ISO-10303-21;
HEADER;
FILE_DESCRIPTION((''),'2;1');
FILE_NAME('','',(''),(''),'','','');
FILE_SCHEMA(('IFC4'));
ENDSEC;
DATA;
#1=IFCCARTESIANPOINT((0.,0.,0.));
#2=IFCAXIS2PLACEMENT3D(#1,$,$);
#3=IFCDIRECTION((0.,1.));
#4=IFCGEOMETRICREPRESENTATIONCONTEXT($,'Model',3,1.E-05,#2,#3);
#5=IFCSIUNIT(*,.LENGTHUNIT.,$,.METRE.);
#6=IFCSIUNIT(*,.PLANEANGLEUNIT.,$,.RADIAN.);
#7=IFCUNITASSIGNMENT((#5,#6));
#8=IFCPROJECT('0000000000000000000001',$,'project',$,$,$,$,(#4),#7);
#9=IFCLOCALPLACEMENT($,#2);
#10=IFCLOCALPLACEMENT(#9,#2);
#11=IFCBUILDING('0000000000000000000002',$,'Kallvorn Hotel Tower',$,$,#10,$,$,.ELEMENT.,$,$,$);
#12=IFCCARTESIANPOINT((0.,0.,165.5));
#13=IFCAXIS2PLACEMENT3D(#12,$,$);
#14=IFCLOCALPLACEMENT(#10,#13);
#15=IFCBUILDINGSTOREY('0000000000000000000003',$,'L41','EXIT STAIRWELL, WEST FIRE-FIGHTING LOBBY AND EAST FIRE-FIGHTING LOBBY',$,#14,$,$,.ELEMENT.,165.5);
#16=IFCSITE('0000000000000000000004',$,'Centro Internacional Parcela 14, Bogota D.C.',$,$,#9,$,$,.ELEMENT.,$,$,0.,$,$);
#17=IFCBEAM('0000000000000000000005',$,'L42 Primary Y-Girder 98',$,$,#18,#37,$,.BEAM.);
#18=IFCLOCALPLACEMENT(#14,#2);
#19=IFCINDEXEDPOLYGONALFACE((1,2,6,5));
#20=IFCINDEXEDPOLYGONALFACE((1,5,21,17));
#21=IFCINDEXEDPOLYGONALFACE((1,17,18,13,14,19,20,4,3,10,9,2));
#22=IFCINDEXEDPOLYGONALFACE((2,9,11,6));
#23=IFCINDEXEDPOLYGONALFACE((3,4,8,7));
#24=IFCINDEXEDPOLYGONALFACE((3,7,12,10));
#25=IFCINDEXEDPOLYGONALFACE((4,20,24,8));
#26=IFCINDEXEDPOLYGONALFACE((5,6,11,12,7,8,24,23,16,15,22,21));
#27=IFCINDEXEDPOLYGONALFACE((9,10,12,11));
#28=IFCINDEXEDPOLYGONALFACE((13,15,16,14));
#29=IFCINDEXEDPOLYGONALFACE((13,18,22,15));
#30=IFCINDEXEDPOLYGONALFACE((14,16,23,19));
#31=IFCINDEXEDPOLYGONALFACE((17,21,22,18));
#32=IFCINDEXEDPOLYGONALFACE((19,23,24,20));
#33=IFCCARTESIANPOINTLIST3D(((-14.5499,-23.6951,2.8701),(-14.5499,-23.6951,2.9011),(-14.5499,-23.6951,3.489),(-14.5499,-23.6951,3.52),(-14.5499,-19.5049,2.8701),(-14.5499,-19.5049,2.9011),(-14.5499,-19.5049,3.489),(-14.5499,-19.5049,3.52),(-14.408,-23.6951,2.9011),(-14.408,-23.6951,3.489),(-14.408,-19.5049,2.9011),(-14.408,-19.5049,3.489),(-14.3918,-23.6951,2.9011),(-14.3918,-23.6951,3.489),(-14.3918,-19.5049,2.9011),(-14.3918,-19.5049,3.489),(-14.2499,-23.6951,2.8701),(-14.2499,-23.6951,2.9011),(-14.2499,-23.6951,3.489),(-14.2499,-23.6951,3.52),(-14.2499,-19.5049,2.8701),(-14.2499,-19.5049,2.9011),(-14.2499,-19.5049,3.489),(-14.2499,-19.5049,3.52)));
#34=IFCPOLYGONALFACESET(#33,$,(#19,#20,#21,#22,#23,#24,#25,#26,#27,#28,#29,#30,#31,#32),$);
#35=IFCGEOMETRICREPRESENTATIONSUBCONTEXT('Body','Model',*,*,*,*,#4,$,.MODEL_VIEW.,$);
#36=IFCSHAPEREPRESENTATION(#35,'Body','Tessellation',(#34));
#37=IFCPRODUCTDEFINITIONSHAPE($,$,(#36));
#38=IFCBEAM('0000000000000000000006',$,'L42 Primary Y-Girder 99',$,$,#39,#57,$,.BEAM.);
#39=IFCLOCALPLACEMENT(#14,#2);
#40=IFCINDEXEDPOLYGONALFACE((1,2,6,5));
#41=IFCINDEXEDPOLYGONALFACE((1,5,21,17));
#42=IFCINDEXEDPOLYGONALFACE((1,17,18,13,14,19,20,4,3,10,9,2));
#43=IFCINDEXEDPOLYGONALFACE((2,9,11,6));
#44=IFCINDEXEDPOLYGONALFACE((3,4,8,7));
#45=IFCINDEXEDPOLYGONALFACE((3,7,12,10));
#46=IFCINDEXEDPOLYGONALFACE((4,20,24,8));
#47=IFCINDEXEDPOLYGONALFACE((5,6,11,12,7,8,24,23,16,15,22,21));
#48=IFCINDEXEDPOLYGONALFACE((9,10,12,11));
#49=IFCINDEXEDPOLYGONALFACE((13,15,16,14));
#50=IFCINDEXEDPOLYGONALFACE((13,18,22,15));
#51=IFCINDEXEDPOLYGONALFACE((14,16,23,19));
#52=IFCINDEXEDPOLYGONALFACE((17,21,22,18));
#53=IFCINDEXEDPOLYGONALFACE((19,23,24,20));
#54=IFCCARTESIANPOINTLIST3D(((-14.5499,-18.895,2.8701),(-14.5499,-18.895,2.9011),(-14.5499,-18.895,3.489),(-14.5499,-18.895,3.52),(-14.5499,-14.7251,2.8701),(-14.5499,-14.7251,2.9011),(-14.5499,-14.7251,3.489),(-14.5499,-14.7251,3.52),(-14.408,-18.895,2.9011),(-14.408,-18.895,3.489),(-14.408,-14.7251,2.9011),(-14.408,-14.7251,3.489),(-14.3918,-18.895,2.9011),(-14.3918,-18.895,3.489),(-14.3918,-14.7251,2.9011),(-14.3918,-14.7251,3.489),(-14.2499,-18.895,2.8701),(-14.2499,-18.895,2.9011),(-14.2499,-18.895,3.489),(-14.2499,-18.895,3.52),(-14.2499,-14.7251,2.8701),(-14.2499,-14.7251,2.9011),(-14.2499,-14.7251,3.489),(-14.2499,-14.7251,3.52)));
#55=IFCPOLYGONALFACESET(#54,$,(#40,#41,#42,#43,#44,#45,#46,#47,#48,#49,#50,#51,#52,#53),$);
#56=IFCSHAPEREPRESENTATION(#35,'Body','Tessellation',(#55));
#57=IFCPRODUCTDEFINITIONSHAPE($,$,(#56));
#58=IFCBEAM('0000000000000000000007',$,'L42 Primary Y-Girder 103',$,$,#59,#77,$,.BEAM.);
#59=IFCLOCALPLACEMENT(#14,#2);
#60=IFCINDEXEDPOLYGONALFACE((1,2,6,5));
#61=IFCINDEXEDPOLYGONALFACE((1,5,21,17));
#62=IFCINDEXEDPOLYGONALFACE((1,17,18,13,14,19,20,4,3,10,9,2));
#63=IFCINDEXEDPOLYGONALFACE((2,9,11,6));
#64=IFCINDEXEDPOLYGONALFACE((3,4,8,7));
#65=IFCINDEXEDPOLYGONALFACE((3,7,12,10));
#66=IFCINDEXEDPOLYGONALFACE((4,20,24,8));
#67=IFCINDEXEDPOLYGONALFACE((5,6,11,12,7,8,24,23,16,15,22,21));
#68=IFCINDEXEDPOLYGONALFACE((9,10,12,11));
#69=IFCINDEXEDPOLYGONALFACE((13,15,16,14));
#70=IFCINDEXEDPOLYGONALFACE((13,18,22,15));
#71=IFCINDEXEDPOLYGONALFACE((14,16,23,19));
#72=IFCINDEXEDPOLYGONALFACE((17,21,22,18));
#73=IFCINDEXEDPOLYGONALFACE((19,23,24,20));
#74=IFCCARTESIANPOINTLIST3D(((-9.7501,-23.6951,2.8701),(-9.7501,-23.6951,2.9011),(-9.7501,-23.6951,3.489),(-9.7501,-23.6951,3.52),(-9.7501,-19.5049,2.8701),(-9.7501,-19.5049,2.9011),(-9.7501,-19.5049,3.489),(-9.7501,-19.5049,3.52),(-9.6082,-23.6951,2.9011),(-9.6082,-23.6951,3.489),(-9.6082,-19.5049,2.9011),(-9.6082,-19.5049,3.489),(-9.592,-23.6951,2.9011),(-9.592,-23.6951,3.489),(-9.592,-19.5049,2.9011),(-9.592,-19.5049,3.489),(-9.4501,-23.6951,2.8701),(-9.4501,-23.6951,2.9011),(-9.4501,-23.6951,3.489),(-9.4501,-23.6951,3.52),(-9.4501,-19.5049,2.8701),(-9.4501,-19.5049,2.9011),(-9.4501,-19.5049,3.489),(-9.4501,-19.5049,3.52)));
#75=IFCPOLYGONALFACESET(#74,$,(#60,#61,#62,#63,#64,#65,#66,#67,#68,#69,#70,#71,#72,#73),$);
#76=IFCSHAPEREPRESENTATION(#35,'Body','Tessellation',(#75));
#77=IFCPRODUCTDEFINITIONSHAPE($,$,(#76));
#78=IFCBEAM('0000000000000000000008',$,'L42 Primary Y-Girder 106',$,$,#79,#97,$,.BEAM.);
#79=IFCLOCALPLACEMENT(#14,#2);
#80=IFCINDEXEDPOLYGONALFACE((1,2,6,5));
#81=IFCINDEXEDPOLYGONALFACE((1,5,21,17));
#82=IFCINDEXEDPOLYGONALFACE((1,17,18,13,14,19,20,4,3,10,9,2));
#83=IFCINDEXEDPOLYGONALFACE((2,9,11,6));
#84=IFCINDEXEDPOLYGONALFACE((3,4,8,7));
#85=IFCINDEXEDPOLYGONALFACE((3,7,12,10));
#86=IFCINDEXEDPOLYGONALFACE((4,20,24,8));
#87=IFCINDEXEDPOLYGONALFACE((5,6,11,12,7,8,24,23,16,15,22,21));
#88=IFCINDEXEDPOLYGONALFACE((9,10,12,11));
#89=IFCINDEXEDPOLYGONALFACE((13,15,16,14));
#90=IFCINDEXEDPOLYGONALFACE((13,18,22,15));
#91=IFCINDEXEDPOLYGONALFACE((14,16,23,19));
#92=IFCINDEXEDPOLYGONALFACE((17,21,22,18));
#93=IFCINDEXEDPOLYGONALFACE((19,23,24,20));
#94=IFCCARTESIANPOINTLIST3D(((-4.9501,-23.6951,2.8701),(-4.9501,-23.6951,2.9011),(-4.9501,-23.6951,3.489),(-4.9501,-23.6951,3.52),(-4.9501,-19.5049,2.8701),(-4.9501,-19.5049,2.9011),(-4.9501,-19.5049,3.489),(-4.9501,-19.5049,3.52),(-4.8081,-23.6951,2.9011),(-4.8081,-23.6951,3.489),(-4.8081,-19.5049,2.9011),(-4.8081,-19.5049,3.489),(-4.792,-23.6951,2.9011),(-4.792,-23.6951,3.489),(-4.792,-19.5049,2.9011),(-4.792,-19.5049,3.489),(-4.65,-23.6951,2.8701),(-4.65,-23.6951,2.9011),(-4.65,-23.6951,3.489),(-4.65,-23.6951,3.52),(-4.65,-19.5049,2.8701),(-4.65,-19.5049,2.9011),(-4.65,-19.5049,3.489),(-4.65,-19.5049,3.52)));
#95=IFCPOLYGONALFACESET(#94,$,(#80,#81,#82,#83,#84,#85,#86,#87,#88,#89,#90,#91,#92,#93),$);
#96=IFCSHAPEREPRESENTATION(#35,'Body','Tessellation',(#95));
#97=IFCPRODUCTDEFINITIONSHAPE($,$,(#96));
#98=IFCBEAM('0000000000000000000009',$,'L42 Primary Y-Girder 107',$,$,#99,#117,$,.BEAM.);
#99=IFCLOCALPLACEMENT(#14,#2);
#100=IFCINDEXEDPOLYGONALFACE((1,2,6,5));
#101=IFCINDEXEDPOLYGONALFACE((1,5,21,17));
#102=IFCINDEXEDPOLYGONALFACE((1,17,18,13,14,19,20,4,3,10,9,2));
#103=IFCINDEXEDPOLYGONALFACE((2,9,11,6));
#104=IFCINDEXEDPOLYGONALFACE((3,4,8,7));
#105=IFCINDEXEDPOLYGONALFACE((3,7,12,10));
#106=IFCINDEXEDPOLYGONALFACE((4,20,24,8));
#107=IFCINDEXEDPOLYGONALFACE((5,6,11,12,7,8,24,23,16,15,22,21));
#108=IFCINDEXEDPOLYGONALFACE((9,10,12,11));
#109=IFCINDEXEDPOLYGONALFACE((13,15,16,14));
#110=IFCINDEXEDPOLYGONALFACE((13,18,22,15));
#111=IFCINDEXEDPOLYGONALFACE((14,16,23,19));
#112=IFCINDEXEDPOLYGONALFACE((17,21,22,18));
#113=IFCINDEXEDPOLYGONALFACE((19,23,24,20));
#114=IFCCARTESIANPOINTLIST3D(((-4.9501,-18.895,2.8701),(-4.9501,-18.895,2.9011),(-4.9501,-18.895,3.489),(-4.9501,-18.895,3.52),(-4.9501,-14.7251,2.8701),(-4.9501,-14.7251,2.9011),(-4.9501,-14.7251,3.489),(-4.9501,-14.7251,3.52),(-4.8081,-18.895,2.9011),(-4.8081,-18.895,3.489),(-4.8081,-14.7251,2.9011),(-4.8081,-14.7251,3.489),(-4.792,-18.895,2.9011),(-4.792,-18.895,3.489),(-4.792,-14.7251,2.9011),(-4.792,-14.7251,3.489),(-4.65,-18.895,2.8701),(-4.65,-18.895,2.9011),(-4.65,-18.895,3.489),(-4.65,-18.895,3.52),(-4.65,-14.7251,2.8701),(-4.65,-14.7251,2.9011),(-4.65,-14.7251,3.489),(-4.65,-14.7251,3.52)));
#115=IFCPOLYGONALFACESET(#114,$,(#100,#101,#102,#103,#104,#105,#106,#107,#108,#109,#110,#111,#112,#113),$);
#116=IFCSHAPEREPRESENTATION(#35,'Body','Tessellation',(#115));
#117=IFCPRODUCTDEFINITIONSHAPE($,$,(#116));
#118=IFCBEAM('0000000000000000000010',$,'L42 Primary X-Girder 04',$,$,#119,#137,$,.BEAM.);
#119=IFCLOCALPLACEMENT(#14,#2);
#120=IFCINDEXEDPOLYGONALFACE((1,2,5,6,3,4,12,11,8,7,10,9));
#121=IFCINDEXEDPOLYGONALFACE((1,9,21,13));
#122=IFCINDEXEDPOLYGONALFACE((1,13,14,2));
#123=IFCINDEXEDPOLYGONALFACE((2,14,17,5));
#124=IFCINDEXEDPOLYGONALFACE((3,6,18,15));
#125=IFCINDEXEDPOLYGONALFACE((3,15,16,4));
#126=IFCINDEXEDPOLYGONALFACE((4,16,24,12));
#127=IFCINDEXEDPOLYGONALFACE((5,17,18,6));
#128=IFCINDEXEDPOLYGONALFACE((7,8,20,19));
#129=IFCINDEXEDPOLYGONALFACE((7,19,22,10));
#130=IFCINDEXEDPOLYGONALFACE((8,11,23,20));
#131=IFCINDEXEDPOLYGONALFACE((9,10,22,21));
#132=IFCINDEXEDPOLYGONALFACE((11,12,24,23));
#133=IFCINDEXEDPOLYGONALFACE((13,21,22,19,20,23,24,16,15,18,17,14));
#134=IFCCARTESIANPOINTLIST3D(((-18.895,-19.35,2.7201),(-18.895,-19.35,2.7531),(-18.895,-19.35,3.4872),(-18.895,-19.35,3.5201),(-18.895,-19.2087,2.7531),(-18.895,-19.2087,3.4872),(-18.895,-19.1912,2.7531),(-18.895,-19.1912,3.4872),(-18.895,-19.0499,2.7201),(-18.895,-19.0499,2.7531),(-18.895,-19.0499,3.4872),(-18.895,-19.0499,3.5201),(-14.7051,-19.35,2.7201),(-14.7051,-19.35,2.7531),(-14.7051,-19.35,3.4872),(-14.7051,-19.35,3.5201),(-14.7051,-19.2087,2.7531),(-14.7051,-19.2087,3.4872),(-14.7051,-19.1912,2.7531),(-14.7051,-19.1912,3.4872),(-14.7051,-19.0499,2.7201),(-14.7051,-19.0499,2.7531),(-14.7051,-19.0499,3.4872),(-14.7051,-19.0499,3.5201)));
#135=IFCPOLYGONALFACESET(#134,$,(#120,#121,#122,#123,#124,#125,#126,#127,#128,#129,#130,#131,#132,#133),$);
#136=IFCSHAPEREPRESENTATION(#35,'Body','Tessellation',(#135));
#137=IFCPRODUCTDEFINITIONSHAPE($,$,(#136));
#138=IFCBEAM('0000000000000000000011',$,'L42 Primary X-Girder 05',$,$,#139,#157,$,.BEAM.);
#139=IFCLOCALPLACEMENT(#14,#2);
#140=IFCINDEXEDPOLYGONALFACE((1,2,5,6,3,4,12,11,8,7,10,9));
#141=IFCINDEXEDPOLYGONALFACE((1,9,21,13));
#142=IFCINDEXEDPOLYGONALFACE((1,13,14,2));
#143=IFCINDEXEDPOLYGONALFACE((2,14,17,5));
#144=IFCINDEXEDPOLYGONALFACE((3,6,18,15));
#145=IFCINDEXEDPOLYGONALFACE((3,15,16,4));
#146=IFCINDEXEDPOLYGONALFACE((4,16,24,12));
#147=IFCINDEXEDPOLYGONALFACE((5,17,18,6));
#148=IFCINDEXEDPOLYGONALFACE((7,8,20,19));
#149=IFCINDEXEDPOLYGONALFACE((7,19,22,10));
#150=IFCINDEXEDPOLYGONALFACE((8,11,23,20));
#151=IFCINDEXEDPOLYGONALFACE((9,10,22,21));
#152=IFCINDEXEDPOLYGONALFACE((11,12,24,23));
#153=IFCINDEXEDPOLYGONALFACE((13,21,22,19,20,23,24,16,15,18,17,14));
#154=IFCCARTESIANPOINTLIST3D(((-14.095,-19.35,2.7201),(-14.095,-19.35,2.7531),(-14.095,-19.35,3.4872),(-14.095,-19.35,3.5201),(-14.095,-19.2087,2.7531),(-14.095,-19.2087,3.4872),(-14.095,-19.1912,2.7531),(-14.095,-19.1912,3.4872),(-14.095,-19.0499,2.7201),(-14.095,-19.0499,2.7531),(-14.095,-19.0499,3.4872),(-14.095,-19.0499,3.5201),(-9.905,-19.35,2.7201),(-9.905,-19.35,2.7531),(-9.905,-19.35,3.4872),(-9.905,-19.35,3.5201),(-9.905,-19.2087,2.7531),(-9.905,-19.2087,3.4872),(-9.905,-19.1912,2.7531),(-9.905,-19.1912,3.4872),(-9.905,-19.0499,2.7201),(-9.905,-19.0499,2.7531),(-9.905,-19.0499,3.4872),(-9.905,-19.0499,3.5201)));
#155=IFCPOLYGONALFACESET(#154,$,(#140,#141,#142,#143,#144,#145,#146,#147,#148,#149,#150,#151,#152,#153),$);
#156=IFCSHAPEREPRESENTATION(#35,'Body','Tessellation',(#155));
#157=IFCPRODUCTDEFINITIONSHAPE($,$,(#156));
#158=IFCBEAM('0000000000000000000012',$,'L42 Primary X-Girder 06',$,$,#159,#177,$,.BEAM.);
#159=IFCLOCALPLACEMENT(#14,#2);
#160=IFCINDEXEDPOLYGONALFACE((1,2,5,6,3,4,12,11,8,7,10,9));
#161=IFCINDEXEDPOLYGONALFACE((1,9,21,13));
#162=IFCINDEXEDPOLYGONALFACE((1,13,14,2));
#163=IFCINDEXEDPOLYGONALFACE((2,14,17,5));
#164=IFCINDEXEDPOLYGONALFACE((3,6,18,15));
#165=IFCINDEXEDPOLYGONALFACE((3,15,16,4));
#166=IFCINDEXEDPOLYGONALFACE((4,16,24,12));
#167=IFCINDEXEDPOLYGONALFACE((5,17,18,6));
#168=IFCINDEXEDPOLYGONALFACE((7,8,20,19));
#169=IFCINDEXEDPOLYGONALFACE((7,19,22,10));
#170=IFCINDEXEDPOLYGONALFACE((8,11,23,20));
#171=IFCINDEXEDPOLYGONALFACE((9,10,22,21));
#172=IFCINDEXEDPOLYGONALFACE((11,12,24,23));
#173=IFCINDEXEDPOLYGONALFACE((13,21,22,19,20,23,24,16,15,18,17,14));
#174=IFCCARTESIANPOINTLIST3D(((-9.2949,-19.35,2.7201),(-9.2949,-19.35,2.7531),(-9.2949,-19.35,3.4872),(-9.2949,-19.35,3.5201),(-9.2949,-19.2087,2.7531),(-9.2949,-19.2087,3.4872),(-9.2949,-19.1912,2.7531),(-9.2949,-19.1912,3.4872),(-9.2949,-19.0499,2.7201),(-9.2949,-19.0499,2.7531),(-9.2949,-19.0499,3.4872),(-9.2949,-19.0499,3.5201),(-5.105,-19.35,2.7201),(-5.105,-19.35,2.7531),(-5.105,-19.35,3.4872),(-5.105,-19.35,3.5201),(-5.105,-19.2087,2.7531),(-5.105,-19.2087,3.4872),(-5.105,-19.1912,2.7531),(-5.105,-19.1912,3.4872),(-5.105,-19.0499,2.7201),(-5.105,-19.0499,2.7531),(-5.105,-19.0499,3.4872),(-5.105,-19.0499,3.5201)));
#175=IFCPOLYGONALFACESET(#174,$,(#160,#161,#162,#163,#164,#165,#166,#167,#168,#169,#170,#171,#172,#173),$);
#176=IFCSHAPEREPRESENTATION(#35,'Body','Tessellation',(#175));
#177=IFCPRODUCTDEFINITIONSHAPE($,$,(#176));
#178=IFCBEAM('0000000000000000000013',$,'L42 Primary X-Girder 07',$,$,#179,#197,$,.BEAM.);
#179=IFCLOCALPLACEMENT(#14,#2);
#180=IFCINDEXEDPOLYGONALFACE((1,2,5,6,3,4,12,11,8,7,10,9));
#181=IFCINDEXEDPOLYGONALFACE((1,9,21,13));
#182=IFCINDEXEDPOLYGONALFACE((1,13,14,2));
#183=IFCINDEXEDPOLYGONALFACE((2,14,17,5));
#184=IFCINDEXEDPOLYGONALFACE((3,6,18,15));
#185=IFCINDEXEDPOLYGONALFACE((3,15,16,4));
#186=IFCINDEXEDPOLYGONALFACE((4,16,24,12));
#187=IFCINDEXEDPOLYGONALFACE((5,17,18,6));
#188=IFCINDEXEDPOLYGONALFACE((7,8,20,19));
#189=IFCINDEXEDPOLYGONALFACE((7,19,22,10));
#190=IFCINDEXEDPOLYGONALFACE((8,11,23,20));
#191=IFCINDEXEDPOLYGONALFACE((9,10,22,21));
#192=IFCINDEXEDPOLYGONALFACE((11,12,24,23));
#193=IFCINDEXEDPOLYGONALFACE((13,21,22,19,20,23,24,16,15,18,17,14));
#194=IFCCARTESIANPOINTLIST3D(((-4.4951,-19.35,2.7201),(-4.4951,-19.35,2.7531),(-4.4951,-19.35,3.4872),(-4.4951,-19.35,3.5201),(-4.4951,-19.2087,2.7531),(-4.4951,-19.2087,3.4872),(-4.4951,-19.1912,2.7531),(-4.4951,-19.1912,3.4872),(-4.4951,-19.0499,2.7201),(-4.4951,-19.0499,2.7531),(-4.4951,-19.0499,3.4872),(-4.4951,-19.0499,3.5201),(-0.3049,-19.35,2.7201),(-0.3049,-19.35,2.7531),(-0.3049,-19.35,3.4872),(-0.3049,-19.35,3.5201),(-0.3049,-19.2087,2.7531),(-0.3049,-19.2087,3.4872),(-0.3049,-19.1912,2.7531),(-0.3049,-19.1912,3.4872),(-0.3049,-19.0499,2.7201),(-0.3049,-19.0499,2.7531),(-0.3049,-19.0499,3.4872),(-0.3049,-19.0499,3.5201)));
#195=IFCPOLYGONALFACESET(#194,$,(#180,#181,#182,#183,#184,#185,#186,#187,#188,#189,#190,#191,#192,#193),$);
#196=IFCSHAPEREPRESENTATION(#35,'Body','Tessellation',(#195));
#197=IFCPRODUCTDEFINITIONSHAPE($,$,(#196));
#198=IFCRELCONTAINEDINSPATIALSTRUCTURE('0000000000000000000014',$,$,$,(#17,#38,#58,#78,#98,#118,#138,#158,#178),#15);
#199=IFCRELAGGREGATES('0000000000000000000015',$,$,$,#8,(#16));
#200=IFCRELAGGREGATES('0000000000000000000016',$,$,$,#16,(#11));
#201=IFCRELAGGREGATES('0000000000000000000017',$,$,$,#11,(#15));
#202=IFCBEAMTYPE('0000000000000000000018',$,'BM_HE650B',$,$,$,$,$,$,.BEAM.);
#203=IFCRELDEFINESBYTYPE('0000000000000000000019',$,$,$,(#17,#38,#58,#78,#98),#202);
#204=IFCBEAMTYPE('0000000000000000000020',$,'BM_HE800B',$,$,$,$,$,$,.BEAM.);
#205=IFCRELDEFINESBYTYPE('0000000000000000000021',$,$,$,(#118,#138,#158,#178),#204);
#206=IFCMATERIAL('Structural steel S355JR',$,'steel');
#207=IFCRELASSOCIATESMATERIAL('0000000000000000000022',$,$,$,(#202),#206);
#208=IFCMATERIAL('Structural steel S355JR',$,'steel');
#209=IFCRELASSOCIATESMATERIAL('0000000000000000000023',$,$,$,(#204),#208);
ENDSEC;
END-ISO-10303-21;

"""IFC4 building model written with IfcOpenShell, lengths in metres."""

from ifc_helpers import new_model, si_unit, direction, frame, origin, origin_2d, place, context, subcontext, project, spatial, i_section, extrude, material, material_profile, profile_set, type_object, element, save


model = new_model("IFC4")

# Units and contexts
model_context = context("Model", 3, precision=1e-05, world=origin(), true_north=direction((0.0, 1.0)))
body_context = subcontext(model_context, "Body", "Model", "MODEL_VIEW")
ifc_project = project(units=[si_unit("LENGTHUNIT", "METRE"), si_unit("PLANEANGLEUNIT", "RADIAN")], contexts=[model_context])

# Site, building, storey
site_placement = place(None, origin())
site = spatial("IfcSite", under=ifc_project, at=site_placement, Name="Centro Internacional Parcela 14, Bogota D.C.", CompositionType="ELEMENT", RefElevation=0.0)
building_placement = place(site_placement, origin())
building = spatial("IfcBuilding", under=site, at=building_placement, Name="Kallvorn Hotel Tower", CompositionType="ELEMENT")
storey_placement = place(building_placement, frame((0.0, 0.0, 165.5)))
storey = spatial("IfcBuildingStorey", under=building, at=storey_placement, Name="L41", Description="EXIT STAIRWELL, WEST FIRE-FIGHTING LOBBY AND EAST FIRE-FIGHTING LOBBY", CompositionType="ELEMENT", Elevation=165.5)

# Beams
ifc_material_1 = material(Name="Structural steel S355JR", Category="steel")
ifc_material_profile_1 = material_profile(ifc_material_1, i_section(OverallWidth=0.3, OverallDepth=0.6499, WebThickness=0.0161, FlangeThickness=0.031, at=origin_2d()), Name="HE 650 B")
ifc_profile_set_1 = profile_set([ifc_material_profile_1], Name="Structural steel S355JR")
beam_type_1 = type_object("IfcBeamType", Name="BM_HE650B", PredefinedType="BEAM", material=ifc_profile_set_1)
beam_1_placement = place(storey_placement, frame((-14.3999, -23.6951, 3.1951), z_axis=(0.0, 1.0, 0.0), x_axis=(-1.0, 0.0, 0.0)))
element("IfcBeam", 1, at=beam_1_placement, inside=storey, type_object=beam_type_1, Name="L42 Primary Y-Girder 98", PredefinedType="BEAM", context=body_context, shape_type="SweptSolid", body=[
    extrude(i_section(OverallWidth=0.3, OverallDepth=0.6499, WebThickness=0.0161, FlangeThickness=0.031, at=origin_2d()), origin(), (0.0, 0.0, 1.0), 4.1902),
])
beam_2_placement = place(storey_placement, frame((-14.3999, -18.895, 3.1951), z_axis=(0.0, 1.0, 0.0), x_axis=(-1.0, 0.0, 0.0)))
element("IfcBeam", 2, at=beam_2_placement, inside=storey, type_object=beam_type_1, Name="L42 Primary Y-Girder 99", PredefinedType="BEAM", context=body_context, shape_type="SweptSolid", body=[
    extrude(i_section(OverallWidth=0.3, OverallDepth=0.6499, WebThickness=0.0161, FlangeThickness=0.031, at=origin_2d()), origin(), (0.0, 0.0, 1.0), 4.1699),
])
for number, where, z_axis, x_axis, name in (
    (3, (-9.6001, -23.6951, 3.1951), (0.0, 1.0, 0.0), (-1.0, 0.0, 0.0), "L42 Primary Y-Girder 103"),
    (4, (-4.8, -23.6951, 3.1951), (0.0, 1.0, 0.0), (-1.0, 0.0, 0.0), "L42 Primary Y-Girder 106"),
):
    element("IfcBeam", number, at=place(storey_placement, frame(where, z_axis=z_axis, x_axis=x_axis)), inside=storey, type_object=beam_type_1, Name=name, PredefinedType="BEAM", context=body_context, shape_type="SweptSolid", body=[
        extrude(i_section(OverallWidth=0.3, OverallDepth=0.6499, WebThickness=0.0161, FlangeThickness=0.031, at=origin_2d()), origin(), (0.0, 0.0, 1.0), 4.1902),
    ])
beam_3_placement = place(storey_placement, frame((-4.8, -18.895, 3.1951), z_axis=(0.0, 1.0, 0.0), x_axis=(-1.0, 0.0, 0.0)))
element("IfcBeam", 5, at=beam_3_placement, inside=storey, type_object=beam_type_1, Name="L42 Primary Y-Girder 107", PredefinedType="BEAM", context=body_context, shape_type="SweptSolid", body=[
    extrude(i_section(OverallWidth=0.3, OverallDepth=0.6499, WebThickness=0.0161, FlangeThickness=0.031, at=origin_2d()), origin(), (0.0, 0.0, 1.0), 4.1699),
])
ifc_material_2 = material(Name="Structural steel S355JR", Category="steel")
ifc_material_profile_2 = material_profile(ifc_material_2, i_section(OverallWidth=0.3, OverallDepth=0.8, WebThickness=0.0176, FlangeThickness=0.033, at=origin_2d()), Name="HE 800 B")
ifc_profile_set_2 = profile_set([ifc_material_profile_2], Name="Structural steel S355JR")
beam_type_2 = type_object("IfcBeamType", Name="BM_HE800B", PredefinedType="BEAM", material=ifc_profile_set_2)
for number, where, z_axis, x_axis, name in (
    (6, (-18.895, -19.2, 3.1201), (1.0, 0.0, 0.0), (0.0, 1.0, 0.0), "L42 Primary X-Girder 04"),
    (7, (-14.095, -19.2, 3.1201), (1.0, 0.0, 0.0), (0.0, 1.0, 0.0), "L42 Primary X-Girder 05"),
    (8, (-9.2949, -19.2, 3.1201), (1.0, 0.0, 0.0), (0.0, 1.0, 0.0), "L42 Primary X-Girder 06"),
):
    element("IfcBeam", number, at=place(storey_placement, frame(where, z_axis=z_axis, x_axis=x_axis)), inside=storey, type_object=beam_type_2, Name=name, PredefinedType="BEAM", context=body_context, shape_type="SweptSolid", body=[
        extrude(i_section(OverallWidth=0.3, OverallDepth=0.8, WebThickness=0.0176, FlangeThickness=0.033, at=origin_2d()), origin(), (0.0, 0.0, 1.0), 4.1899),
    ])
beam_4_placement = place(storey_placement, frame((-4.4951, -19.2, 3.1201), z_axis=(1.0, 0.0, 0.0), x_axis=(0.0, 1.0, 0.0)))
element("IfcBeam", 9, at=beam_4_placement, inside=storey, type_object=beam_type_2, Name="L42 Primary X-Girder 07", PredefinedType="BEAM", context=body_context, shape_type="SweptSolid", body=[
    extrude(i_section(OverallWidth=0.3, OverallDepth=0.8, WebThickness=0.0176, FlangeThickness=0.033, at=origin_2d()), origin(), (0.0, 0.0, 1.0), 4.1902),
])

save(model, "model.ifc")
